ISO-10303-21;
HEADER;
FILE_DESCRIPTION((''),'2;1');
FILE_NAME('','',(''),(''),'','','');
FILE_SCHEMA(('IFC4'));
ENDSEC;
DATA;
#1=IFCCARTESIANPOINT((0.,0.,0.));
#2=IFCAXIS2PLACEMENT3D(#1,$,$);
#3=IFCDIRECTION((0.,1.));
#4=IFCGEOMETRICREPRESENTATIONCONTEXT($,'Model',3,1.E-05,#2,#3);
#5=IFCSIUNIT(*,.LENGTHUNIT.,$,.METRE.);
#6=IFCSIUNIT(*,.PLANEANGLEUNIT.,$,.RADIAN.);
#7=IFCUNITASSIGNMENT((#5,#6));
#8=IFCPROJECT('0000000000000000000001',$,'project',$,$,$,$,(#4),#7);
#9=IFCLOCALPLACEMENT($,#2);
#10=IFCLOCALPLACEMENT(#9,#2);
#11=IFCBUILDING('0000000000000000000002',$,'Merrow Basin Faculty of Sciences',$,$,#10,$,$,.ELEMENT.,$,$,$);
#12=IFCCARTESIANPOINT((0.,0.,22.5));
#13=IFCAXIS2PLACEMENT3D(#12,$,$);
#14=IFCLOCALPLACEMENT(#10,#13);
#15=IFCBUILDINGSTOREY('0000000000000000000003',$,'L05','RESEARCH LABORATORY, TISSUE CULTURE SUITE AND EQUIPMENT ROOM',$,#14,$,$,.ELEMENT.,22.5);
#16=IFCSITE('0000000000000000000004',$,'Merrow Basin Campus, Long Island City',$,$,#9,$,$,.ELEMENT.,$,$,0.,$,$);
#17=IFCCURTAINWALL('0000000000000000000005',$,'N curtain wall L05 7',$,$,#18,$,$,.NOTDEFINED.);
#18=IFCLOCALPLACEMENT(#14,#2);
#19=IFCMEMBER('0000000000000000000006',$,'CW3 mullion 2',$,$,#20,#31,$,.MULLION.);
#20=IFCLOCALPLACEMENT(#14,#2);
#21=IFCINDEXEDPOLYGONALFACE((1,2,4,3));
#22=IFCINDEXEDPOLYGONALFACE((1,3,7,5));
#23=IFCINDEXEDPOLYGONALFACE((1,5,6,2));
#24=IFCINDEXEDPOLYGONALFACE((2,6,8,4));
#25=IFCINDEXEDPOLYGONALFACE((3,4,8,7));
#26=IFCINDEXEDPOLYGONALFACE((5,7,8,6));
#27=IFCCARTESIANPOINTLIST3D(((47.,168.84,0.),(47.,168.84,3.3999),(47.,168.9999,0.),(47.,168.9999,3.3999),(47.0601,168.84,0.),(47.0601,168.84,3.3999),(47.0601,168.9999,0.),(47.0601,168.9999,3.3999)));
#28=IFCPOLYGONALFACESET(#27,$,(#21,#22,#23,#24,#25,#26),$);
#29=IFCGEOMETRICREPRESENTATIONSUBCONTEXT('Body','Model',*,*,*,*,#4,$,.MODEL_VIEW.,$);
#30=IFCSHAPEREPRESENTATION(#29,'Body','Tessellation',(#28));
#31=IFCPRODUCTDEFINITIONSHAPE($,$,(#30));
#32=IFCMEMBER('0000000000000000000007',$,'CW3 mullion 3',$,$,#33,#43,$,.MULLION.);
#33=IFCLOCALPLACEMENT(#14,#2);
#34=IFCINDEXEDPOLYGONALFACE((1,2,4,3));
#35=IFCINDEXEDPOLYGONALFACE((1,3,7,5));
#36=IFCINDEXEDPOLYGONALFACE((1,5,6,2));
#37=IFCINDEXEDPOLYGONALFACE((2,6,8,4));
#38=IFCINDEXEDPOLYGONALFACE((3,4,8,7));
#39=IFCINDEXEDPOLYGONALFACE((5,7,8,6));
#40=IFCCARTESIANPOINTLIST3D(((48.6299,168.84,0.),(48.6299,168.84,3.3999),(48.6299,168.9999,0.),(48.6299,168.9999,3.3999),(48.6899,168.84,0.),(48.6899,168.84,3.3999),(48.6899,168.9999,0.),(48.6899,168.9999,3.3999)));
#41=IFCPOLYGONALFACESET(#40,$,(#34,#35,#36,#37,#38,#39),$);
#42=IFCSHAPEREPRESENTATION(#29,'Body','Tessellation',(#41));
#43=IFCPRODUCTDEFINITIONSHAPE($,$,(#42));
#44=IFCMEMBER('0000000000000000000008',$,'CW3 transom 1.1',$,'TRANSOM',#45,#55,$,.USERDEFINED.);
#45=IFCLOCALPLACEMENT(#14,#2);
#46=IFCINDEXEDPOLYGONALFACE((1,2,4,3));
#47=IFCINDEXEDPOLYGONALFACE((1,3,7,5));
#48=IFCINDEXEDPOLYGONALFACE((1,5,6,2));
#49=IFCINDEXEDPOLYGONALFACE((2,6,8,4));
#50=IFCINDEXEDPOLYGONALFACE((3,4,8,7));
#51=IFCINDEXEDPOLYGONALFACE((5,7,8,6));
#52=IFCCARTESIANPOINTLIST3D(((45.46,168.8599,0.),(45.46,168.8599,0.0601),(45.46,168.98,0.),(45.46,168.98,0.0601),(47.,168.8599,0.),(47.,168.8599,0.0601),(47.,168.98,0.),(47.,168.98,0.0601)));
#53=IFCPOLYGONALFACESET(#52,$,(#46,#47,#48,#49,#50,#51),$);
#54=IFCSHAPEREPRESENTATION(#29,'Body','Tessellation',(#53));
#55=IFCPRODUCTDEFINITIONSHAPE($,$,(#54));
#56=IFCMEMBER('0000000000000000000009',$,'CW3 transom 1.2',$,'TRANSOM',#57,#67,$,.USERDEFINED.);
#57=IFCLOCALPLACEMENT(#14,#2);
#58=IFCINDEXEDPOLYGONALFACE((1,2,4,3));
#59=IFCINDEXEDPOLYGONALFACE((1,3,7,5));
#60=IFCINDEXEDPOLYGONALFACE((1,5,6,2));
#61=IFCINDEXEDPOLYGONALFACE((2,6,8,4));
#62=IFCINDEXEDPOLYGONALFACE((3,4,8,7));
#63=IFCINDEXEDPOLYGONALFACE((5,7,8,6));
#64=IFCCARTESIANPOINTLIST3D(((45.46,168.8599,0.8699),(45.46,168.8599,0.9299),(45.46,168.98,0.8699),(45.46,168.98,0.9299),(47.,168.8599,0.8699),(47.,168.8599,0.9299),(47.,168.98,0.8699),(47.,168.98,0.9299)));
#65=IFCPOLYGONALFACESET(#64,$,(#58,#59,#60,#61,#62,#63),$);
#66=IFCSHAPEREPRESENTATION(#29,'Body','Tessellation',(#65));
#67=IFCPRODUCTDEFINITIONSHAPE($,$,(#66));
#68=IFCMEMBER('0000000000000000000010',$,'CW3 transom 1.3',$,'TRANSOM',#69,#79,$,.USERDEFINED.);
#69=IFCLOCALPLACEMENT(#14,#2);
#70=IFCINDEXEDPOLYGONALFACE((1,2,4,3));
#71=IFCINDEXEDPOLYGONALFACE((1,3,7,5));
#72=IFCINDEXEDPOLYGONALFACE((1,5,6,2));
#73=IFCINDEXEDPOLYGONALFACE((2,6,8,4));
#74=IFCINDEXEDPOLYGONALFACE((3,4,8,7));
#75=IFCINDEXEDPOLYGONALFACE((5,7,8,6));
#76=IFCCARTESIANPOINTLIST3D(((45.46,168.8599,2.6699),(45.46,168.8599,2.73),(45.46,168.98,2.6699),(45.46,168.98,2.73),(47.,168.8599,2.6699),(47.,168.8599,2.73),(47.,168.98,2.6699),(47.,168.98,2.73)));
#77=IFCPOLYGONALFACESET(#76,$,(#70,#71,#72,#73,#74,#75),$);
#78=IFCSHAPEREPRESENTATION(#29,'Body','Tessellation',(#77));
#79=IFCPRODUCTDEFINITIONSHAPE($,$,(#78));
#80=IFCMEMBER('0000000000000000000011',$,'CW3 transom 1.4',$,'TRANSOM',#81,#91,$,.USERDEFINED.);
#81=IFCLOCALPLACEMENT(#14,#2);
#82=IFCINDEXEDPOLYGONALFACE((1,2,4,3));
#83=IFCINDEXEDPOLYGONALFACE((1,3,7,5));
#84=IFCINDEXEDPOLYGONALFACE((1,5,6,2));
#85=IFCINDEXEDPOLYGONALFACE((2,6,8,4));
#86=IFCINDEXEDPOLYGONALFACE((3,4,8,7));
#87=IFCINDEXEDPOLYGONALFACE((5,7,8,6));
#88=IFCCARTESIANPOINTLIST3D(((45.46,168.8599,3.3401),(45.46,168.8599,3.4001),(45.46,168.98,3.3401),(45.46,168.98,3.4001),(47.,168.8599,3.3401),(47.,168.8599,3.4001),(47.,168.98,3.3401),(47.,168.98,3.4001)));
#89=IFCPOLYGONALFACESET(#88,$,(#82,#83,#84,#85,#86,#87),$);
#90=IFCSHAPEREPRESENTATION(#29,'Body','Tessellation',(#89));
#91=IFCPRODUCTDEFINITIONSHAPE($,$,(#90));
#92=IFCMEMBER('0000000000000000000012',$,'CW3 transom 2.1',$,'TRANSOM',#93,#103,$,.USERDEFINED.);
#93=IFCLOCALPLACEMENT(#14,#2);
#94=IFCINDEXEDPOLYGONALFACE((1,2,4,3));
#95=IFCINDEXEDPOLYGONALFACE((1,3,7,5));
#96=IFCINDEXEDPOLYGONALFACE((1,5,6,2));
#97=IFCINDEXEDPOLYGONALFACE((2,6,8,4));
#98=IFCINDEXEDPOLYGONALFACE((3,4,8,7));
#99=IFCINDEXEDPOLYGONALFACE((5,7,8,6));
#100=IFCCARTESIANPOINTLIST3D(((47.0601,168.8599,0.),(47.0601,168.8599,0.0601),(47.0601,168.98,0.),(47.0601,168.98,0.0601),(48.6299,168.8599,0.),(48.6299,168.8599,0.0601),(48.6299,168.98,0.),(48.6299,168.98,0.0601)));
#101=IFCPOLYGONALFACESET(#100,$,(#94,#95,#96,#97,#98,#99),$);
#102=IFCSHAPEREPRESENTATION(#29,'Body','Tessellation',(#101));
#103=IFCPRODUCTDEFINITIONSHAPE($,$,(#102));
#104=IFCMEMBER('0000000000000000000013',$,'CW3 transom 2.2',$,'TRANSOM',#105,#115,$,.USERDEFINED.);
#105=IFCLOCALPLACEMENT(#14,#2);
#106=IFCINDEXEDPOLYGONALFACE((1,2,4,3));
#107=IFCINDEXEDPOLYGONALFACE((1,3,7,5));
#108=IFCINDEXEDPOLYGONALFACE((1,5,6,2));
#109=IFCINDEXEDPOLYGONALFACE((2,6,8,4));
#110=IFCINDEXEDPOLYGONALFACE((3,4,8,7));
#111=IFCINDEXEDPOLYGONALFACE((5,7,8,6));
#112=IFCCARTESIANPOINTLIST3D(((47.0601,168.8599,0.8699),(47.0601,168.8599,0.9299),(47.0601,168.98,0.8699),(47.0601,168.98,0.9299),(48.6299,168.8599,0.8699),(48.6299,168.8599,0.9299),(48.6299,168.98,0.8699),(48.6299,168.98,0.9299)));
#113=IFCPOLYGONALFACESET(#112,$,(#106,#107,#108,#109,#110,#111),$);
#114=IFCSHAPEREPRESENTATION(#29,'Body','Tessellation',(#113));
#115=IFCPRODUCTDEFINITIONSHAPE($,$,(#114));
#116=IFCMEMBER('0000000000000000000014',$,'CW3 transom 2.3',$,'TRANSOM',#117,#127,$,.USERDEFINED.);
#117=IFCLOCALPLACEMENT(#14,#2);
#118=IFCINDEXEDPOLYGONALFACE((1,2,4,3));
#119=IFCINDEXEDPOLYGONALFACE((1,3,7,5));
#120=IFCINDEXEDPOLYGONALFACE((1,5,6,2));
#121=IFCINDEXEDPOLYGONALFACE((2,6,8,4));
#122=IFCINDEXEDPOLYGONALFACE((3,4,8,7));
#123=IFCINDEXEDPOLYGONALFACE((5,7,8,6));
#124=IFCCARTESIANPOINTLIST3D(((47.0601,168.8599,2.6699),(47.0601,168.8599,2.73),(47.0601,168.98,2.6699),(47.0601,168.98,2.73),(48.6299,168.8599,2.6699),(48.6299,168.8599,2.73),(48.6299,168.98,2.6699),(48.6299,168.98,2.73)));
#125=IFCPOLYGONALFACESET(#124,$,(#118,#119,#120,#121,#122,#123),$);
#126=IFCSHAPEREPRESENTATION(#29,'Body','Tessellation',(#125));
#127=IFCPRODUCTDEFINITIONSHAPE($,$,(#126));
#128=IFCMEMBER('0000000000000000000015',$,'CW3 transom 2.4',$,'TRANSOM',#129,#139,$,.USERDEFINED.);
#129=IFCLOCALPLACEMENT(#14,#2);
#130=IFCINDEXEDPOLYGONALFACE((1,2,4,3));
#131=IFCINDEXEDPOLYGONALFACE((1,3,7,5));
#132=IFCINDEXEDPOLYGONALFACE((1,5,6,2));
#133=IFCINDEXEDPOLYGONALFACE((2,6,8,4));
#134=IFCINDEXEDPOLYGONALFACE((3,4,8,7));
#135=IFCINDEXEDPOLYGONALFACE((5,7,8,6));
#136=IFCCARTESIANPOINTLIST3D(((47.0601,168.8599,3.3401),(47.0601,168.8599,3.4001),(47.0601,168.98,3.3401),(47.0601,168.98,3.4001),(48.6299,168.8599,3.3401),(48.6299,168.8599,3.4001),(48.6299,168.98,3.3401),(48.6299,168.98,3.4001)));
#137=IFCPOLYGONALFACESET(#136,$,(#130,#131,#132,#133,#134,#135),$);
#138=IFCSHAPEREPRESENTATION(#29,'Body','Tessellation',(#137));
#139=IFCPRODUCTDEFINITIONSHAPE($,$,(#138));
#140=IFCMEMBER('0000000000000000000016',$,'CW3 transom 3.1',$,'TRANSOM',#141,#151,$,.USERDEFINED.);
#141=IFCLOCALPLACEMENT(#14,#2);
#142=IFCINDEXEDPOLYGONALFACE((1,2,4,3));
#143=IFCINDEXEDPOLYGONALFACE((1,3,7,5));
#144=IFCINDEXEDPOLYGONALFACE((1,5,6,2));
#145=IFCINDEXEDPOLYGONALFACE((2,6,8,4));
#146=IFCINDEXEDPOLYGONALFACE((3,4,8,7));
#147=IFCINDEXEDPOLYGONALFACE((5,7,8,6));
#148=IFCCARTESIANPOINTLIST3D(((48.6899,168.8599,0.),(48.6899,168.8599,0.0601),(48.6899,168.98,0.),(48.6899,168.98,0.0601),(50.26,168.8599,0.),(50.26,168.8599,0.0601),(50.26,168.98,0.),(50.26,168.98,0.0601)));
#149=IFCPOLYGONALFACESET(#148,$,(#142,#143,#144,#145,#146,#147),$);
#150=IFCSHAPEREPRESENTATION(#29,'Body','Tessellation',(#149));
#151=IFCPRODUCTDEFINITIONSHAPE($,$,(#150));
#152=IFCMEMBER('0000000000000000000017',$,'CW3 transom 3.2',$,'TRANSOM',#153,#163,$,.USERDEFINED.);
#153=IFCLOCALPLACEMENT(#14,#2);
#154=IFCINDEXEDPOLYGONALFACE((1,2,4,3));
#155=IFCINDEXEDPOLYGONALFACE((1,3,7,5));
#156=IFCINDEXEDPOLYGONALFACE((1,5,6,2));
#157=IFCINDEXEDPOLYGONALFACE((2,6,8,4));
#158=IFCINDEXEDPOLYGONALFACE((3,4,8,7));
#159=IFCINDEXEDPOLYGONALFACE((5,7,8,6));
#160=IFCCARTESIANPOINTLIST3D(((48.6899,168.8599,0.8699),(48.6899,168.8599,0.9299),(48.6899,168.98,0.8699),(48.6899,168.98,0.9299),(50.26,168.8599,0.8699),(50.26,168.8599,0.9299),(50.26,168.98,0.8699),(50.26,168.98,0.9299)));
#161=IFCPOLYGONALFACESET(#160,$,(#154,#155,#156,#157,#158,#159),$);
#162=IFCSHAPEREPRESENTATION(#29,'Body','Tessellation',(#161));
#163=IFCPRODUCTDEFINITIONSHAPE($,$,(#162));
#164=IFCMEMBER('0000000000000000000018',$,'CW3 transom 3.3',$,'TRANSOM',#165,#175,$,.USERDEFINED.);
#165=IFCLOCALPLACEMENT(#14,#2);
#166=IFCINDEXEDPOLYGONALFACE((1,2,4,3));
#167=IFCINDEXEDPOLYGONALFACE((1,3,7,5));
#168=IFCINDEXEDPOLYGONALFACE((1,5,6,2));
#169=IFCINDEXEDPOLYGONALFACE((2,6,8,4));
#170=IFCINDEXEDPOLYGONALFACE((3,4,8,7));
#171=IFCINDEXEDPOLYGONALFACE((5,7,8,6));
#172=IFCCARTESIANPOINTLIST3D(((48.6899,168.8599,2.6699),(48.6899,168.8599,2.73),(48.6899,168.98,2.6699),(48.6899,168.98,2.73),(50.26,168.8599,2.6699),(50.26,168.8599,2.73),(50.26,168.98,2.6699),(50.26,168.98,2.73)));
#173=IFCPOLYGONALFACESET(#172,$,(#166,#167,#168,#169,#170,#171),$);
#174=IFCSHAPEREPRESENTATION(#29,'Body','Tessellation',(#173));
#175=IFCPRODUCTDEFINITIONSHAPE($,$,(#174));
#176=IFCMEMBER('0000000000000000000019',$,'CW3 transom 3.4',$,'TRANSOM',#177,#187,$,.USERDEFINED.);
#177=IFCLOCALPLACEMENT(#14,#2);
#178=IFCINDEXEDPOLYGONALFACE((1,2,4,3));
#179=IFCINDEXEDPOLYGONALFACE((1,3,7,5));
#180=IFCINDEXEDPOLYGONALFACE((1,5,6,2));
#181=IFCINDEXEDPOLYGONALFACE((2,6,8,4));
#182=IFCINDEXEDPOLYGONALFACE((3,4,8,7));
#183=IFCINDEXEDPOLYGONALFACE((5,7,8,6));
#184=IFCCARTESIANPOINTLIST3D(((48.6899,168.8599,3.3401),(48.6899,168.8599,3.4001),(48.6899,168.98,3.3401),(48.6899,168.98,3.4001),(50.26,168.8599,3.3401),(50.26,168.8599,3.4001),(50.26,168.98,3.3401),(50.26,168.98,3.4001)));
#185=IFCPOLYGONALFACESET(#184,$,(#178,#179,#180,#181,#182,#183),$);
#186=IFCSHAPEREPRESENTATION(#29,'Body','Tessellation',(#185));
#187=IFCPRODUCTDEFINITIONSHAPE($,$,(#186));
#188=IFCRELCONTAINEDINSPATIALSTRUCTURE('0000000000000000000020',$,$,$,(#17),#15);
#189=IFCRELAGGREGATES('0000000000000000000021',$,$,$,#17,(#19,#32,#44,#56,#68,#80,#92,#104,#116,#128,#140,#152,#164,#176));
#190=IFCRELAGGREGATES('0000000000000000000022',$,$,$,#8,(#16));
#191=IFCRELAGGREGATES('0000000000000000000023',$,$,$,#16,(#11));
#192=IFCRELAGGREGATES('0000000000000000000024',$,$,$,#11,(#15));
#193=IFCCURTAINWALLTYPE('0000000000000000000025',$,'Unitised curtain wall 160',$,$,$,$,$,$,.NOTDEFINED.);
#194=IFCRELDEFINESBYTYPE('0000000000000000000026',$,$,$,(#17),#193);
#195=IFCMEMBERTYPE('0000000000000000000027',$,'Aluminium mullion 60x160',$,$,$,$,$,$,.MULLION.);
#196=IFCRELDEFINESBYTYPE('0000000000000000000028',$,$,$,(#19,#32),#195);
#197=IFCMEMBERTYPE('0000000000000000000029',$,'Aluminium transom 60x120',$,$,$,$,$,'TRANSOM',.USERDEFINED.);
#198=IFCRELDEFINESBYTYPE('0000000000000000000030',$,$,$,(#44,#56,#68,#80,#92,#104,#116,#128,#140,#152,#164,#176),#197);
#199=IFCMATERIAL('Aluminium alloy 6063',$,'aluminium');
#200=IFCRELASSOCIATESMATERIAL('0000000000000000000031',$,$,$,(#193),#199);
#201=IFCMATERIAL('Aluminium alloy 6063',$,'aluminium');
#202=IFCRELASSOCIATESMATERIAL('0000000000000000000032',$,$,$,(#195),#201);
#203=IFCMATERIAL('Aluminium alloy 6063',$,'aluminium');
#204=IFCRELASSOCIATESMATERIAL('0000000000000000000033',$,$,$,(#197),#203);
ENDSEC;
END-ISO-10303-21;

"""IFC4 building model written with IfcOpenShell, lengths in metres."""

from ifc_helpers import new_model, si_unit, direction, frame, origin, origin_2d, place, context, subcontext, project, spatial, rectangle, extrude, material, material_profile, profile_set, type_object, element, aggregate, save


model = new_model("IFC4")

# Units and contexts
model_context = context("Model", 3, precision=1e-05, world=origin(), true_north=direction((0.0, 1.0)))
body_context = subcontext(model_context, "Body", "Model", "MODEL_VIEW")
ifc_project = project(units=[si_unit("LENGTHUNIT", "METRE"), si_unit("PLANEANGLEUNIT", "RADIAN")], contexts=[model_context])

# Site, building, storey
site_placement = place(None, origin())
site = spatial("IfcSite", under=ifc_project, at=site_placement, Name="Merrow Basin Campus, Long Island City", CompositionType="ELEMENT", RefElevation=0.0)
building_placement = place(site_placement, origin())
building = spatial("IfcBuilding", under=site, at=building_placement, Name="Merrow Basin Faculty of Sciences", CompositionType="ELEMENT")
storey_placement = place(building_placement, frame((0.0, 0.0, 22.5)))
storey = spatial("IfcBuildingStorey", under=building, at=storey_placement, Name="L05", Description="RESEARCH LABORATORY, TISSUE CULTURE SUITE AND EQUIPMENT ROOM", CompositionType="ELEMENT", Elevation=22.5)

# Curtain wall, members
ifc_material_1 = material(Name="Aluminium alloy 6063", Category="aluminium")
curtain_wall_type = type_object("IfcCurtainWallType", Name="Unitised curtain wall 160", PredefinedType="NOTDEFINED", material=ifc_material_1)
curtain_wall_placement = place(storey_placement, origin())
curtain_wall = element("IfcCurtainWall", 1, at=curtain_wall_placement, inside=storey, type_object=curtain_wall_type, Name="N curtain wall L05 7", PredefinedType="NOTDEFINED")
ifc_material_2 = material(Name="Aluminium alloy 6063", Category="aluminium")
ifc_material_profile_1 = material_profile(ifc_material_2, rectangle(XDim=0.1599, YDim=0.0601, at=origin_2d()))
ifc_profile_set_1 = profile_set([ifc_material_profile_1], Name="Aluminium alloy 6063")
member_type_1 = type_object("IfcMemberType", Name="Aluminium mullion 60x160", PredefinedType="MULLION", material=ifc_profile_set_1)
member_1_placement = place(storey_placement, frame((47.03, 168.9199, 0.0), z_axis=(0.0, 0.0, 1.0), x_axis=(0.0, 1.0, 0.0)))
member_1 = element("IfcMember", 2, at=member_1_placement, type_object=member_type_1, Name="CW3 mullion 2", PredefinedType="MULLION", context=body_context, shape_type="SweptSolid", body=[
    extrude(rectangle(XDim=0.1599, YDim=0.0601, at=origin_2d()), origin(), (0.0, 0.0, 1.0), 3.3999),
])
member_2_placement = place(storey_placement, frame((48.6599, 168.9199, 0.0), z_axis=(0.0, 0.0, 1.0), x_axis=(0.0, 1.0, 0.0)))
member_2 = element("IfcMember", 3, at=member_2_placement, type_object=member_type_1, Name="CW3 mullion 3", PredefinedType="MULLION", context=body_context, shape_type="SweptSolid", body=[
    extrude(rectangle(XDim=0.1599, YDim=0.0601, at=origin_2d()), origin(), (0.0, 0.0, 1.0), 3.3999),
])
ifc_material_3 = material(Name="Aluminium alloy 6063", Category="aluminium")
ifc_material_profile_2 = material_profile(ifc_material_3, rectangle(XDim=0.1201, YDim=0.0601, at=origin_2d()))
ifc_profile_set_2 = profile_set([ifc_material_profile_2], Name="Aluminium alloy 6063")
member_type_2 = type_object("IfcMemberType", Name="Aluminium transom 60x120", ElementType="TRANSOM", PredefinedType="USERDEFINED", material=ifc_profile_set_2)
member_3_placement = place(storey_placement, frame((45.46, 168.9199, 0.03), z_axis=(1.0, 0.0, 0.0), x_axis=(0.0, 1.0, 0.0)))
member_3 = element("IfcMember", 4, at=member_3_placement, type_object=member_type_2, Name="CW3 transom 1.1", ObjectType="TRANSOM", PredefinedType="USERDEFINED", context=body_context, shape_type="SweptSolid", body=[
    extrude(rectangle(XDim=0.1201, YDim=0.0601, at=origin_2d()), origin(), (0.0, 0.0, 1.0), 1.54),
])
member_4_placement = place(storey_placement, frame((45.46, 168.9199, 0.8999), z_axis=(1.0, 0.0, 0.0), x_axis=(0.0, 1.0, 0.0)))
member_4 = element("IfcMember", 5, at=member_4_placement, type_object=member_type_2, Name="CW3 transom 1.2", ObjectType="TRANSOM", PredefinedType="USERDEFINED", context=body_context, shape_type="SweptSolid", body=[
    extrude(rectangle(XDim=0.1201, YDim=0.0601, at=origin_2d()), origin(), (0.0, 0.0, 1.0), 1.54),
])
member_5_placement = place(storey_placement, frame((45.46, 168.9199, 2.7), z_axis=(1.0, 0.0, 0.0), x_axis=(0.0, 1.0, 0.0)))
member_5 = element("IfcMember", 6, at=member_5_placement, type_object=member_type_2, Name="CW3 transom 1.3", ObjectType="TRANSOM", PredefinedType="USERDEFINED", context=body_context, shape_type="SweptSolid", body=[
    extrude(rectangle(XDim=0.1201, YDim=0.0601, at=origin_2d()), origin(), (0.0, 0.0, 1.0), 1.54),
])
member_6_placement = place(storey_placement, frame((45.46, 168.9199, 3.3701), z_axis=(1.0, 0.0, 0.0), x_axis=(0.0, 1.0, 0.0)))
member_6 = element("IfcMember", 7, at=member_6_placement, type_object=member_type_2, Name="CW3 transom 1.4", ObjectType="TRANSOM", PredefinedType="USERDEFINED", context=body_context, shape_type="SweptSolid", body=[
    extrude(rectangle(XDim=0.1201, YDim=0.0601, at=origin_2d()), origin(), (0.0, 0.0, 1.0), 1.54),
])
member_7_placement = place(storey_placement, frame((47.0601, 168.9199, 0.03), z_axis=(1.0, 0.0, 0.0), x_axis=(0.0, 1.0, 0.0)))
member_7 = element("IfcMember", 8, at=member_7_placement, type_object=member_type_2, Name="CW3 transom 2.1", ObjectType="TRANSOM", PredefinedType="USERDEFINED", context=body_context, shape_type="SweptSolid", body=[
    extrude(rectangle(XDim=0.1201, YDim=0.0601, at=origin_2d()), origin(), (0.0, 0.0, 1.0), 1.5698),
])
member_8_placement = place(storey_placement, frame((47.0601, 168.9199, 0.8999), z_axis=(1.0, 0.0, 0.0), x_axis=(0.0, 1.0, 0.0)))
member_8 = element("IfcMember", 9, at=member_8_placement, type_object=member_type_2, Name="CW3 transom 2.2", ObjectType="TRANSOM", PredefinedType="USERDEFINED", context=body_context, shape_type="SweptSolid", body=[
    extrude(rectangle(XDim=0.1201, YDim=0.0601, at=origin_2d()), origin(), (0.0, 0.0, 1.0), 1.5698),
])
member_9_placement = place(storey_placement, frame((47.0601, 168.9199, 2.7), z_axis=(1.0, 0.0, 0.0), x_axis=(0.0, 1.0, 0.0)))
member_9 = element("IfcMember", 10, at=member_9_placement, type_object=member_type_2, Name="CW3 transom 2.3", ObjectType="TRANSOM", PredefinedType="USERDEFINED", context=body_context, shape_type="SweptSolid", body=[
    extrude(rectangle(XDim=0.1201, YDim=0.0601, at=origin_2d()), origin(), (0.0, 0.0, 1.0), 1.5698),
])
member_10_placement = place(storey_placement, frame((47.0601, 168.9199, 3.3701), z_axis=(1.0, 0.0, 0.0), x_axis=(0.0, 1.0, 0.0)))
member_10 = element("IfcMember", 11, at=member_10_placement, type_object=member_type_2, Name="CW3 transom 2.4", ObjectType="TRANSOM", PredefinedType="USERDEFINED", context=body_context, shape_type="SweptSolid", body=[
    extrude(rectangle(XDim=0.1201, YDim=0.0601, at=origin_2d()), origin(), (0.0, 0.0, 1.0), 1.5698),
])
member_11_placement = place(storey_placement, frame((48.6899, 168.9199, 0.03), z_axis=(1.0, 0.0, 0.0), x_axis=(0.0, 1.0, 0.0)))
member_11 = element("IfcMember", 12, at=member_11_placement, type_object=member_type_2, Name="CW3 transom 3.1", ObjectType="TRANSOM", PredefinedType="USERDEFINED", context=body_context, shape_type="SweptSolid", body=[
    extrude(rectangle(XDim=0.1201, YDim=0.0601, at=origin_2d()), origin(), (0.0, 0.0, 1.0), 1.5701),
])
member_12_placement = place(storey_placement, frame((48.6899, 168.9199, 0.8999), z_axis=(1.0, 0.0, 0.0), x_axis=(0.0, 1.0, 0.0)))
member_12 = element("IfcMember", 13, at=member_12_placement, type_object=member_type_2, Name="CW3 transom 3.2", ObjectType="TRANSOM", PredefinedType="USERDEFINED", context=body_context, shape_type="SweptSolid", body=[
    extrude(rectangle(XDim=0.1201, YDim=0.0601, at=origin_2d()), origin(), (0.0, 0.0, 1.0), 1.5701),
])
member_13_placement = place(storey_placement, frame((48.6899, 168.9199, 2.7), z_axis=(1.0, 0.0, 0.0), x_axis=(0.0, 1.0, 0.0)))
member_13 = element("IfcMember", 14, at=member_13_placement, type_object=member_type_2, Name="CW3 transom 3.3", ObjectType="TRANSOM", PredefinedType="USERDEFINED", context=body_context, shape_type="SweptSolid", body=[
    extrude(rectangle(XDim=0.1201, YDim=0.0601, at=origin_2d()), origin(), (0.0, 0.0, 1.0), 1.5701),
])
member_14_placement = place(storey_placement, frame((48.6899, 168.9199, 3.3701), z_axis=(1.0, 0.0, 0.0), x_axis=(0.0, 1.0, 0.0)))
member_14 = element("IfcMember", 15, at=member_14_placement, type_object=member_type_2, Name="CW3 transom 3.4", ObjectType="TRANSOM", PredefinedType="USERDEFINED", context=body_context, shape_type="SweptSolid", body=[
    extrude(rectangle(XDim=0.1201, YDim=0.0601, at=origin_2d()), origin(), (0.0, 0.0, 1.0), 1.5701),
])
aggregate(curtain_wall, [member_1, member_2, member_3, member_4, member_5, member_6, member_7, member_8, member_9, member_10, member_11, member_12, member_13, member_14])

save(model, "model.ifc")
